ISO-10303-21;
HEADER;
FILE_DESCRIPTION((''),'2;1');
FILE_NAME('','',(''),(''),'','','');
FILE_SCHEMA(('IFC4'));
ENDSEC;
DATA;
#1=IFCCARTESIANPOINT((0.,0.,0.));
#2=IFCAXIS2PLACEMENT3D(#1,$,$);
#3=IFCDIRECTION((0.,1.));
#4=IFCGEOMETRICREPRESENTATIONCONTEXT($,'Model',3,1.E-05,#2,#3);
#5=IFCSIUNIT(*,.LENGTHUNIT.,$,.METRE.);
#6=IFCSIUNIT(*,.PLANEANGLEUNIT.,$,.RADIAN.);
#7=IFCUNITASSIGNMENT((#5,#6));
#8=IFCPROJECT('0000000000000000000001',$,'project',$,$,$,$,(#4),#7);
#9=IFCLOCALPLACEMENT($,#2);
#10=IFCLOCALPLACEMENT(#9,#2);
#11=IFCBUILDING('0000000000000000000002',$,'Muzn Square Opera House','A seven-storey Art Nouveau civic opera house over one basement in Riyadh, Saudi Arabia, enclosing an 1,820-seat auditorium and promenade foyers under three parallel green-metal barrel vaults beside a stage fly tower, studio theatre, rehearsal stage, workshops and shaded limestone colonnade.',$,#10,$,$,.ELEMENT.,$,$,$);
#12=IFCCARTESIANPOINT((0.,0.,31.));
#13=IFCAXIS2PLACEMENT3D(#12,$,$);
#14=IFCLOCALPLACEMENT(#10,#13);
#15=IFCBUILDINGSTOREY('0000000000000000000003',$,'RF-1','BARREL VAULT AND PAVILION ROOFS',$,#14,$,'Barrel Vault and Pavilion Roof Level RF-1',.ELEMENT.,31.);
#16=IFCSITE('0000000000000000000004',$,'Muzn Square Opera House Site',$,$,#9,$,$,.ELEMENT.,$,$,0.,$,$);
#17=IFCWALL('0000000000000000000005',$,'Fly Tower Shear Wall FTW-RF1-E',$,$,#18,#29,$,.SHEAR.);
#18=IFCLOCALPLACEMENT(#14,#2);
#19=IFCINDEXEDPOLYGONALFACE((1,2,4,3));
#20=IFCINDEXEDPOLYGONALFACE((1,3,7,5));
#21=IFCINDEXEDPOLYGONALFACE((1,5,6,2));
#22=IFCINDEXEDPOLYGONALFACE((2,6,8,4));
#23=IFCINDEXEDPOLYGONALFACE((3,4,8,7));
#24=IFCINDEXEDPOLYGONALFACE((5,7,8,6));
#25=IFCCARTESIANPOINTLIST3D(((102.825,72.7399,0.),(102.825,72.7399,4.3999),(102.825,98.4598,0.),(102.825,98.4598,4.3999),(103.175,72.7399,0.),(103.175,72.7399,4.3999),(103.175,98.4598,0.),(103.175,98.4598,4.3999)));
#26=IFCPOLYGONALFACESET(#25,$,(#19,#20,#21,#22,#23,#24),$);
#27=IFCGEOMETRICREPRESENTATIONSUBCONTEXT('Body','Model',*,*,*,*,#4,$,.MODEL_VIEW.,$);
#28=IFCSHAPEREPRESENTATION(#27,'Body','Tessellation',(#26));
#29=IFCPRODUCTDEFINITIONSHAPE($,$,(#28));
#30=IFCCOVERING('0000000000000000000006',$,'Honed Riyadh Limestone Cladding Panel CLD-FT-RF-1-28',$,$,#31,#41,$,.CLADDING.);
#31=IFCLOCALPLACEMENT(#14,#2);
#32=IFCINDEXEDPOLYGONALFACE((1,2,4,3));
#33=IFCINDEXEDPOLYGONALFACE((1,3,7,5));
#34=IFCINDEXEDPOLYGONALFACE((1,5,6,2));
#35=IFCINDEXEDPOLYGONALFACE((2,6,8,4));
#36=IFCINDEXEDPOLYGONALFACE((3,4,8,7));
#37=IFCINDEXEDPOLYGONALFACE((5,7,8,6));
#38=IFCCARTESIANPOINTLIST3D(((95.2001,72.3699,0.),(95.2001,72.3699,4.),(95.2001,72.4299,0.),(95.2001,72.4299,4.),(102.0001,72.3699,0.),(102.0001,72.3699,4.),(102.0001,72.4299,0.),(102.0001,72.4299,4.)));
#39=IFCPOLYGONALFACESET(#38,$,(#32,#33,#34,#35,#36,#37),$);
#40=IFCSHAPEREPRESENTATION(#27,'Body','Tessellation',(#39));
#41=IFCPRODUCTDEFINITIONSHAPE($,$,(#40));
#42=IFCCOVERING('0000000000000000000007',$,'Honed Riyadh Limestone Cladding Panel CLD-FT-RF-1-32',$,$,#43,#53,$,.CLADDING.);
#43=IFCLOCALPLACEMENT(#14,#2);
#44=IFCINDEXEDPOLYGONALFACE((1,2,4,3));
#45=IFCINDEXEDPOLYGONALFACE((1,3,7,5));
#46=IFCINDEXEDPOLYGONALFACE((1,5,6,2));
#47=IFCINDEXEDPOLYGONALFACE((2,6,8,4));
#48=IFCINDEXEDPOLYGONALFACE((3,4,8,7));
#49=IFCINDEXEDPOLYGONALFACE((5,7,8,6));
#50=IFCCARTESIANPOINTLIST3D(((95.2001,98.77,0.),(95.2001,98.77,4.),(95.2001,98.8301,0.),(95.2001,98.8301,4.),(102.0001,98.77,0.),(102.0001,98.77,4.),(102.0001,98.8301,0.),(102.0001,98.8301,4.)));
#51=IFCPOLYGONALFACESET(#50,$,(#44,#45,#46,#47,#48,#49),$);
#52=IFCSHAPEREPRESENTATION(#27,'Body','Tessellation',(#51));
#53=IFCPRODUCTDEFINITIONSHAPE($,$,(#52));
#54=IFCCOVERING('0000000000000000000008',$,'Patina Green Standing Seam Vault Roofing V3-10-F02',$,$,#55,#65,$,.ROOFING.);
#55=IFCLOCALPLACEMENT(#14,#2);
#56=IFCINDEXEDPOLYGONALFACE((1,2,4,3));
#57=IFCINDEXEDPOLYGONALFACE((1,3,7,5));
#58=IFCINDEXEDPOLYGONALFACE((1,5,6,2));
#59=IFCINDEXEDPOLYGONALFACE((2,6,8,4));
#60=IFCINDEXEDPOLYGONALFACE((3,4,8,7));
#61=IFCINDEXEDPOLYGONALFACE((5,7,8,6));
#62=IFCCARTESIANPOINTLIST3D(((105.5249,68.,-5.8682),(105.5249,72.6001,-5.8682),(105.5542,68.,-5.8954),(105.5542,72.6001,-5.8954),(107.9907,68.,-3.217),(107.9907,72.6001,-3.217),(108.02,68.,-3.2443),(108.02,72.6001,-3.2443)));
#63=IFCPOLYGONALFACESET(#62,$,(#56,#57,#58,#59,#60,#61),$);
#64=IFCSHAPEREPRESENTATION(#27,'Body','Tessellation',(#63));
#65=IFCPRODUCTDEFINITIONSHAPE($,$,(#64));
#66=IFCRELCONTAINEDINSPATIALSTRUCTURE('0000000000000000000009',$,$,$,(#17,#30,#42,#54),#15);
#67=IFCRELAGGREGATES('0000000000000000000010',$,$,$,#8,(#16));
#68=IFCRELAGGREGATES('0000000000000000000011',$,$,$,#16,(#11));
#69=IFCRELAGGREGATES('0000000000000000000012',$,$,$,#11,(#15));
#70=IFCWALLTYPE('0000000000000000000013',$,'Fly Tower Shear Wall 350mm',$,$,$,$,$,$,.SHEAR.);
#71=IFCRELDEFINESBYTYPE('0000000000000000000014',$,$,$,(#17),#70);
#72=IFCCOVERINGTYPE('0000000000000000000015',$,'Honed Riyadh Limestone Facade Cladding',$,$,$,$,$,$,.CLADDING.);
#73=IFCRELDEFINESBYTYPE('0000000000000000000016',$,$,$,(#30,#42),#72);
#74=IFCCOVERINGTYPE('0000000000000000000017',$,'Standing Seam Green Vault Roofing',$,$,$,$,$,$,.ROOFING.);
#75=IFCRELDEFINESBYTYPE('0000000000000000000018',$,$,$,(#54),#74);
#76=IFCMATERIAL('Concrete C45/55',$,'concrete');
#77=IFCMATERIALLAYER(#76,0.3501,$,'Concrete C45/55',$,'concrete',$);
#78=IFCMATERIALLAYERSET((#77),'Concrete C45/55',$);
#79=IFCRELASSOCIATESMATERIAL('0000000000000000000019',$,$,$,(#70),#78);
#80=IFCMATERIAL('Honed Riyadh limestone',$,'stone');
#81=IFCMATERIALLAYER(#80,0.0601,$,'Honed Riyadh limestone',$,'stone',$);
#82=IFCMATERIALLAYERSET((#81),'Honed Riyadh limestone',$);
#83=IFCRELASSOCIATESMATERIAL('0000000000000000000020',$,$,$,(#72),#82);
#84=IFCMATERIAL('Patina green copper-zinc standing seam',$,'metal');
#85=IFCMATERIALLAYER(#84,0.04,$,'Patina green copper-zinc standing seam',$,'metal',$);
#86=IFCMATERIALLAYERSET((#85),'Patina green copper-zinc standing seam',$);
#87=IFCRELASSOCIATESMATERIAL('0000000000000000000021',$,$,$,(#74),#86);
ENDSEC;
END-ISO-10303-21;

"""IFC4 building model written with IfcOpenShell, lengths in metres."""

from ifc_helpers import new_model, si_unit, direction, frame, frame_2d, origin, origin_2d, place, context, subcontext, project, spatial, polyline, rectangle, outline, extrude, material, layer, layer_set, type_object, element, save


model = new_model("IFC4")

# Units and contexts
model_context = context("Model", 3, precision=1e-05, world=origin(), true_north=direction((0.0, 1.0)))
body_context = subcontext(model_context, "Body", "Model", "MODEL_VIEW")
ifc_project = project(units=[si_unit("LENGTHUNIT", "METRE"), si_unit("PLANEANGLEUNIT", "RADIAN")], contexts=[model_context])

# Site, building, storey
site_placement = place(None, origin())
site = spatial("IfcSite", under=ifc_project, at=site_placement, Name="Muzn Square Opera House Site", CompositionType="ELEMENT", RefElevation=0.0)
building_placement = place(site_placement, origin())
building = spatial("IfcBuilding", under=site, at=building_placement, Name="Muzn Square Opera House", Description="A seven-storey Art Nouveau civic opera house over one basement in Riyadh, Saudi Arabia, enclosing an 1,820-seat auditorium and promenade foyers under three parallel green-metal barrel vaults beside a stage fly tower, studio theatre, rehearsal stage, workshops and shaded limestone colonnade.", CompositionType="ELEMENT")
storey_placement = place(building_placement, frame((0.0, 0.0, 31.0)))
storey = spatial("IfcBuildingStorey", under=building, at=storey_placement, Name="RF-1", Description="BARREL VAULT AND PAVILION ROOFS", LongName="Barrel Vault and Pavilion Roof Level RF-1", CompositionType="ELEMENT", Elevation=31.0)

# Shared definitions
ifc_material_1 = material(Name="Concrete C45/55", Category="concrete")

# Shared definitions
ifc_material_2 = material(Name="Patina green copper-zinc standing seam", Category="metal")

# Wall
ifc_layer_1 = layer(ifc_material_1, 0.3501, Name="Concrete C45/55", Category="concrete")
ifc_layer_set_1 = layer_set([ifc_layer_1], Name="Concrete C45/55")
wall_type = type_object("IfcWallType", Name="Fly Tower Shear Wall 350mm", PredefinedType="SHEAR", material=ifc_layer_set_1)
wall_placement = place(storey_placement, frame((103.0, 72.74, 0.0), z_axis=(0.0, 0.0, 1.0), x_axis=(0.0, 1.0, 0.0)))
element("IfcWall", 1, at=wall_placement, inside=storey, type_object=wall_type, Name="Fly Tower Shear Wall FTW-RF1-E", PredefinedType="SHEAR", context=body_context, shape_type="SweptSolid", body=[
    extrude(rectangle(XDim=25.72, YDim=0.3501, at=frame_2d((12.8599, 0.0))), origin(), (0.0, 0.0, 1.0), 4.3999),
])

# Coverings
ifc_material_3 = material(Name="Honed Riyadh limestone", Category="stone")
ifc_layer_2 = layer(ifc_material_3, 0.0601, Name="Honed Riyadh limestone", Category="stone")
ifc_layer_set_2 = layer_set([ifc_layer_2], Name="Honed Riyadh limestone")
covering_type_1 = type_object("IfcCoveringType", Name="Honed Riyadh Limestone Facade Cladding", PredefinedType="CLADDING", material=ifc_layer_set_2)
for number, where, z_axis, x_axis, name in (
    (2, (98.6001, 72.3999, 0.0), (0.0, 0.0, 1.0), (1.0, 0.0, 0.0), "Honed Riyadh Limestone Cladding Panel CLD-FT-RF-1-28"),
    (3, (98.6001, 98.8, 0.0), (0.0, 0.0, 1.0), (1.0, 0.0, 0.0), "Honed Riyadh Limestone Cladding Panel CLD-FT-RF-1-32"),
):
    element("IfcCovering", number, at=place(storey_placement, frame(where, z_axis=z_axis, x_axis=x_axis)), inside=storey, type_object=covering_type_1, Name=name, PredefinedType="CLADDING", context=body_context, shape_type="SweptSolid", body=[
        extrude(rectangle(XDim=6.8, YDim=0.0601, at=origin_2d()), origin(), (0.0, 0.0, 1.0), 4.0),
    ])
ifc_layer_3 = layer(ifc_material_2, 0.04, Name="Patina green copper-zinc standing seam", Category="metal")
ifc_layer_set_3 = layer_set([ifc_layer_3], Name="Patina green copper-zinc standing seam")
covering_type_2 = type_object("IfcCoveringType", Name="Standing Seam Green Vault Roofing", PredefinedType="ROOFING", material=ifc_layer_set_3)
covering_placement = place(storey_placement, frame((107.9907, 68.0, -3.217), z_axis=(-0.732234, 0.0, 0.681053), x_axis=(0.0, 1.0, 0.0)))
element("IfcCovering", 4, at=covering_placement, inside=storey, type_object=covering_type_2, Name="Patina Green Standing Seam Vault Roofing V3-10-F02", PredefinedType="ROOFING", context=body_context, shape_type="SweptSolid", body=[
    extrude(outline(polyline([(0.0, 3.6206), (0.0, 0.0), (4.6001, 0.0), (4.6001, 3.6206), (0.0, 3.6206)])), origin(), (0.0, 0.0, -1.0), 0.04),
])

save(model, "model.ifc")
